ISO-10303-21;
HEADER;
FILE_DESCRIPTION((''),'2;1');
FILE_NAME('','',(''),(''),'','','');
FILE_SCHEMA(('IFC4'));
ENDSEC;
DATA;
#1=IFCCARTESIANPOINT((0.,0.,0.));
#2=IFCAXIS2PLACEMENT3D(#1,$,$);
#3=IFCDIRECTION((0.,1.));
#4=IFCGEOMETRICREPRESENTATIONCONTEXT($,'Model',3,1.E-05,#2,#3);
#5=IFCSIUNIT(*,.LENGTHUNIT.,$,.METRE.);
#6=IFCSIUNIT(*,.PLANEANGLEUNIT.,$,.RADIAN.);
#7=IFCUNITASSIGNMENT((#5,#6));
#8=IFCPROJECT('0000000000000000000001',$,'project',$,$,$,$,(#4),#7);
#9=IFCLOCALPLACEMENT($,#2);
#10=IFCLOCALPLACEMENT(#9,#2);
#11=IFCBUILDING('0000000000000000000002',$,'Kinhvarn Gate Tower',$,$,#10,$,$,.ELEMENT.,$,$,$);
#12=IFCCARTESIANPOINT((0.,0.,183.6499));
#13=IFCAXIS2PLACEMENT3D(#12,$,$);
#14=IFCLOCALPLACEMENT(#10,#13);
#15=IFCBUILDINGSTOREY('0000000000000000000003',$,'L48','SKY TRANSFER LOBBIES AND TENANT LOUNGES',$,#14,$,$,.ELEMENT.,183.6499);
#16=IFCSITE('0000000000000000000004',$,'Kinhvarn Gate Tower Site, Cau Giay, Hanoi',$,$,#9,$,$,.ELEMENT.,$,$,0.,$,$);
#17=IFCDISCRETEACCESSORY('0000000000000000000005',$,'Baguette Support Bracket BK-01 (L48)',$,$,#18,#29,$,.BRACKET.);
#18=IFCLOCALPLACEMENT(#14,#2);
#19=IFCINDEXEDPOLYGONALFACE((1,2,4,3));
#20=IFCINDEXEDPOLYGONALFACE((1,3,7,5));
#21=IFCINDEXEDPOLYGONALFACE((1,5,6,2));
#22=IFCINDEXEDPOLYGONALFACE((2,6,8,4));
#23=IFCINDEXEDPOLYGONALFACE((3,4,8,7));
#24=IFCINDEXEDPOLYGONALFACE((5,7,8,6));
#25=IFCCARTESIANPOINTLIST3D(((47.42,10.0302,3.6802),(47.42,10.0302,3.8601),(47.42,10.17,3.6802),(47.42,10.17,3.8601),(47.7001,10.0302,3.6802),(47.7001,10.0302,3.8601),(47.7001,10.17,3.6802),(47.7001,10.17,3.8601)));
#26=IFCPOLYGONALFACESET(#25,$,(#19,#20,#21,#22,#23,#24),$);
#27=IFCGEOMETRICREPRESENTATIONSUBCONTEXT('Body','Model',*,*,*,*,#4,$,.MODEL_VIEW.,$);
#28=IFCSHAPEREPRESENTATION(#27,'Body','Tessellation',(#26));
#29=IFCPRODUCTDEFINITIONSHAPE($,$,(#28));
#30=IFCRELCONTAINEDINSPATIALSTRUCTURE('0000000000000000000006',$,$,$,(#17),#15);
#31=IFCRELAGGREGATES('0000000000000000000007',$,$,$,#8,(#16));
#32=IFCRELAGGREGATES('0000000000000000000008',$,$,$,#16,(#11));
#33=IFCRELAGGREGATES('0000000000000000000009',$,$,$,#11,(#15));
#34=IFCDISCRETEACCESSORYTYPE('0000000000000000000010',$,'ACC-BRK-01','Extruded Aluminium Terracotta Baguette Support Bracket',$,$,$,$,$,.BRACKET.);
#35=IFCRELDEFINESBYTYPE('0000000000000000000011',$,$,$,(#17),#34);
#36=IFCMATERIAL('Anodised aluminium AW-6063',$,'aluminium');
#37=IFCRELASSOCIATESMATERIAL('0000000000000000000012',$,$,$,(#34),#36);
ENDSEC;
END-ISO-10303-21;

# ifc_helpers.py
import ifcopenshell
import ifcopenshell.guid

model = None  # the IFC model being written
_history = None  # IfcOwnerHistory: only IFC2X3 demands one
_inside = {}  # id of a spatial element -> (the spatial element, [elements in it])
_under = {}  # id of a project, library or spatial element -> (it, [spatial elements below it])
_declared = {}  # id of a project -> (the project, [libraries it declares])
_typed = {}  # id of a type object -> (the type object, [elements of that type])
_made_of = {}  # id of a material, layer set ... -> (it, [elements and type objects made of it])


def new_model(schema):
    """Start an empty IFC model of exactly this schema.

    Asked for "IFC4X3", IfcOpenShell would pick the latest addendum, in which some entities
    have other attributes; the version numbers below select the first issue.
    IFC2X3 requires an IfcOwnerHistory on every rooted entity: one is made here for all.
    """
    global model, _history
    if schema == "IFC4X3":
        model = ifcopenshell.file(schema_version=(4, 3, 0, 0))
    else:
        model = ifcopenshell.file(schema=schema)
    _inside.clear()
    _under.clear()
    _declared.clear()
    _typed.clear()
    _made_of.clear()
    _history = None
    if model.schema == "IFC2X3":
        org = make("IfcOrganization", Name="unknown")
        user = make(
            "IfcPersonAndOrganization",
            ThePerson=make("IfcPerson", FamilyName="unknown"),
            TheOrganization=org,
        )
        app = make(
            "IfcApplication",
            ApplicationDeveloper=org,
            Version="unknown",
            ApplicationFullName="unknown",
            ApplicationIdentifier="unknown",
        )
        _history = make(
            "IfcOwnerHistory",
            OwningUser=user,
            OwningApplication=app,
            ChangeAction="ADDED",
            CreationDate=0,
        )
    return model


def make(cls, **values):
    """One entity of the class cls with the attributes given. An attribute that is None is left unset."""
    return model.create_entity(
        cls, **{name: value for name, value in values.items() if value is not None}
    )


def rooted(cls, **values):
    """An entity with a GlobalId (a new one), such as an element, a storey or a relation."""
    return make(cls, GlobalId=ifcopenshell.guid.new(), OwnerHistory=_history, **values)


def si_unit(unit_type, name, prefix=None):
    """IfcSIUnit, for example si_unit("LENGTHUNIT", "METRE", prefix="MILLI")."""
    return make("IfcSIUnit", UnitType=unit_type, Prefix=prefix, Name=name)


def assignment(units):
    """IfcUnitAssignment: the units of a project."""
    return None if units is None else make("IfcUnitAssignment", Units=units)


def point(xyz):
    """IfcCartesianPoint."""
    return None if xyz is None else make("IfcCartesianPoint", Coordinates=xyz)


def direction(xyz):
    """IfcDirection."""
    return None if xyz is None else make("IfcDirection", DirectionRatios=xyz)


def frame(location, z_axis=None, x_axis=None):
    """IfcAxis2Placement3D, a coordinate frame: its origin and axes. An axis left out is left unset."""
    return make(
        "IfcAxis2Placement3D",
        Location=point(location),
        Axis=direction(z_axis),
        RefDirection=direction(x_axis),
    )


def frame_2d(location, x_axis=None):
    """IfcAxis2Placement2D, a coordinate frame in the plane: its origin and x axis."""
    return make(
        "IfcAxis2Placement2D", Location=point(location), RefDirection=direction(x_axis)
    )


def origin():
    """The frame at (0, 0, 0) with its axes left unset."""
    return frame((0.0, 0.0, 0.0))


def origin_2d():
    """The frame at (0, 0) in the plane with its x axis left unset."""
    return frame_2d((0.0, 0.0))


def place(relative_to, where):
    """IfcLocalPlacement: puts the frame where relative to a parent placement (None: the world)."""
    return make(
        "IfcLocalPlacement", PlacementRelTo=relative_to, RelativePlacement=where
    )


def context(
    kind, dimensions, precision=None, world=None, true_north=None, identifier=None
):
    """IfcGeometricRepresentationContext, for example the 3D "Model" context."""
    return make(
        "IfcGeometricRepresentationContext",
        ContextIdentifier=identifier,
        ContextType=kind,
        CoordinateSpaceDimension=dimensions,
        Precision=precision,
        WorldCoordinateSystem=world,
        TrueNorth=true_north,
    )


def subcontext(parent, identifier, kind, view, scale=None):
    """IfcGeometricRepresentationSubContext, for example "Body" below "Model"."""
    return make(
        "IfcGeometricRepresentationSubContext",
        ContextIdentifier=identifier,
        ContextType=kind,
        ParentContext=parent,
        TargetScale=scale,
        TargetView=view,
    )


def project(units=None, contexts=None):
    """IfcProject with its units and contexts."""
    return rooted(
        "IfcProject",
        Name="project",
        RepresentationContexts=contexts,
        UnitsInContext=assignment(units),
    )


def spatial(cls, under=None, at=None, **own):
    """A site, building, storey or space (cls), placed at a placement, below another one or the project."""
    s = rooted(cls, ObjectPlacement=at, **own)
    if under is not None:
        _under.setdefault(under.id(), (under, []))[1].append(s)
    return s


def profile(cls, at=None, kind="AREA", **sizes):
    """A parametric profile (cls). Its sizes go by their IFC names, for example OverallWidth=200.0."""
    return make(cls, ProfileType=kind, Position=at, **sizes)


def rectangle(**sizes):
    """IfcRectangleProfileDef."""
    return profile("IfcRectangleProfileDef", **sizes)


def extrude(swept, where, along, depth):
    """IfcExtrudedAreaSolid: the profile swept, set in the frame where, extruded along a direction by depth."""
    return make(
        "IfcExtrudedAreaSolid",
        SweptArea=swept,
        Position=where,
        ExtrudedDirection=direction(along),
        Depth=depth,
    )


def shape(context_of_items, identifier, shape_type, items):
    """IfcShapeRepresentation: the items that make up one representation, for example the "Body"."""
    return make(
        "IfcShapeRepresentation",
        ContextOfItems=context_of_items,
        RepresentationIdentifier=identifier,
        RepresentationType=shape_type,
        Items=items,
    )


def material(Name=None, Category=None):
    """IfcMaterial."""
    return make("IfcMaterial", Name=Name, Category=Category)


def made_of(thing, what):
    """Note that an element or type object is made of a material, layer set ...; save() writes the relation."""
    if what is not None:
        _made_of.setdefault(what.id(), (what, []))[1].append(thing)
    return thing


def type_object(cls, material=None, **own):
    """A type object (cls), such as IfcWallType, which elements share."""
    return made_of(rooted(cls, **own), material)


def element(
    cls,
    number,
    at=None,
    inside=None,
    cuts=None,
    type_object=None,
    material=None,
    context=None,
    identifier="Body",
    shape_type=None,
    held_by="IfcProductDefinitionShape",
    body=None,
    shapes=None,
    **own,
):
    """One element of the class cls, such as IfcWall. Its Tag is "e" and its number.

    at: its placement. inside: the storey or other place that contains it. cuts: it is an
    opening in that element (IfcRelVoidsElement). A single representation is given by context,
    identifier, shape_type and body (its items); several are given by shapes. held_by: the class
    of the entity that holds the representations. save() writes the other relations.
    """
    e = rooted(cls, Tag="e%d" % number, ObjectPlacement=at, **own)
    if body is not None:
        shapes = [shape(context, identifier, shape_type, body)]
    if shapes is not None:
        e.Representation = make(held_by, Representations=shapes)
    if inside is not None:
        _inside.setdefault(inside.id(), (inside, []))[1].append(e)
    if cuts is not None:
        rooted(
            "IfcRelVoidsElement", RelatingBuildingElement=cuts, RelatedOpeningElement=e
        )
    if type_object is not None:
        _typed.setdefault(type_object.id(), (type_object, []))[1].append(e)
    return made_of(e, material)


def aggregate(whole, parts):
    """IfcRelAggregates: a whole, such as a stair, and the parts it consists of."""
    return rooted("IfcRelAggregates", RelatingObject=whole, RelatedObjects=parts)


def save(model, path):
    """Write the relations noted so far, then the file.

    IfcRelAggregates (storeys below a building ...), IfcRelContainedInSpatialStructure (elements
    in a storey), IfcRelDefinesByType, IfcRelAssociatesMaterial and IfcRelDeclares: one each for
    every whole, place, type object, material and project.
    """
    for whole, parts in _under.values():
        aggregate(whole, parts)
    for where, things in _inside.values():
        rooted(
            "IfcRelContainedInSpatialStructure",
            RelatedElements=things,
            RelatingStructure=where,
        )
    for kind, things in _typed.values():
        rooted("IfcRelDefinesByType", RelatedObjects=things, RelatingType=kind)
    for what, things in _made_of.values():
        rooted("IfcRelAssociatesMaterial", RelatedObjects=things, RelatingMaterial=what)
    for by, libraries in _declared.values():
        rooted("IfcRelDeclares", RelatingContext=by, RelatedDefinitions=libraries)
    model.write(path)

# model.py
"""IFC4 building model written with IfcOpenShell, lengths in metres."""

from ifc_helpers import new_model, si_unit, direction, frame, origin, origin_2d, place, context, subcontext, project, spatial, rectangle, extrude, material, type_object, element, save


model = new_model("IFC4")

# Units and contexts
model_context = context("Model", 3, precision=1e-05, world=origin(), true_north=direction((0.0, 1.0)))
body_context = subcontext(model_context, "Body", "Model", "MODEL_VIEW")
ifc_project = project(units=[si_unit("LENGTHUNIT", "METRE"), si_unit("PLANEANGLEUNIT", "RADIAN")], contexts=[model_context])

# Site, building, storey
site_placement = place(None, origin())
site = spatial("IfcSite", under=ifc_project, at=site_placement, Name="Kinhvarn Gate Tower Site, Cau Giay, Hanoi", CompositionType="ELEMENT", RefElevation=0.0)
building_placement = place(site_placement, origin())
building = spatial("IfcBuilding", under=site, at=building_placement, Name="Kinhvarn Gate Tower", CompositionType="ELEMENT")
storey_placement = place(building_placement, frame((0.0, 0.0, 183.6499)))
storey = spatial("IfcBuildingStorey", under=building, at=storey_placement, Name="L48", Description="SKY TRANSFER LOBBIES AND TENANT LOUNGES", CompositionType="ELEMENT", Elevation=183.6499)

# Shared definitions
ifc_material_1 = material(Name="Anodised aluminium AW-6063", Category="aluminium")

# Discrete accessory
discrete_accessory_type = type_object("IfcDiscreteAccessoryType", Name="ACC-BRK-01", Description="Extruded Aluminium Terracotta Baguette Support Bracket", PredefinedType="BRACKET", material=ifc_material_1)
for number, where, z_axis, x_axis, name in (
    (1, (47.5601, 10.1001, 3.6802), (0.0, 0.0, 1.0), (0.0, 1.0, 0.0), "Baguette Support Bracket BK-01 (L48)"),
):
    element("IfcDiscreteAccessory", number, at=place(storey_placement, frame(where, z_axis=z_axis, x_axis=x_axis)), inside=storey, type_object=discrete_accessory_type, Name=name, PredefinedType="BRACKET", context=body_context, shape_type="SweptSolid", body=[
        extrude(rectangle(XDim=0.1399, YDim=0.28, at=origin_2d()), origin(), (0.0, 0.0, 1.0), 0.1799),
    ])

save(model, "model.ifc")
